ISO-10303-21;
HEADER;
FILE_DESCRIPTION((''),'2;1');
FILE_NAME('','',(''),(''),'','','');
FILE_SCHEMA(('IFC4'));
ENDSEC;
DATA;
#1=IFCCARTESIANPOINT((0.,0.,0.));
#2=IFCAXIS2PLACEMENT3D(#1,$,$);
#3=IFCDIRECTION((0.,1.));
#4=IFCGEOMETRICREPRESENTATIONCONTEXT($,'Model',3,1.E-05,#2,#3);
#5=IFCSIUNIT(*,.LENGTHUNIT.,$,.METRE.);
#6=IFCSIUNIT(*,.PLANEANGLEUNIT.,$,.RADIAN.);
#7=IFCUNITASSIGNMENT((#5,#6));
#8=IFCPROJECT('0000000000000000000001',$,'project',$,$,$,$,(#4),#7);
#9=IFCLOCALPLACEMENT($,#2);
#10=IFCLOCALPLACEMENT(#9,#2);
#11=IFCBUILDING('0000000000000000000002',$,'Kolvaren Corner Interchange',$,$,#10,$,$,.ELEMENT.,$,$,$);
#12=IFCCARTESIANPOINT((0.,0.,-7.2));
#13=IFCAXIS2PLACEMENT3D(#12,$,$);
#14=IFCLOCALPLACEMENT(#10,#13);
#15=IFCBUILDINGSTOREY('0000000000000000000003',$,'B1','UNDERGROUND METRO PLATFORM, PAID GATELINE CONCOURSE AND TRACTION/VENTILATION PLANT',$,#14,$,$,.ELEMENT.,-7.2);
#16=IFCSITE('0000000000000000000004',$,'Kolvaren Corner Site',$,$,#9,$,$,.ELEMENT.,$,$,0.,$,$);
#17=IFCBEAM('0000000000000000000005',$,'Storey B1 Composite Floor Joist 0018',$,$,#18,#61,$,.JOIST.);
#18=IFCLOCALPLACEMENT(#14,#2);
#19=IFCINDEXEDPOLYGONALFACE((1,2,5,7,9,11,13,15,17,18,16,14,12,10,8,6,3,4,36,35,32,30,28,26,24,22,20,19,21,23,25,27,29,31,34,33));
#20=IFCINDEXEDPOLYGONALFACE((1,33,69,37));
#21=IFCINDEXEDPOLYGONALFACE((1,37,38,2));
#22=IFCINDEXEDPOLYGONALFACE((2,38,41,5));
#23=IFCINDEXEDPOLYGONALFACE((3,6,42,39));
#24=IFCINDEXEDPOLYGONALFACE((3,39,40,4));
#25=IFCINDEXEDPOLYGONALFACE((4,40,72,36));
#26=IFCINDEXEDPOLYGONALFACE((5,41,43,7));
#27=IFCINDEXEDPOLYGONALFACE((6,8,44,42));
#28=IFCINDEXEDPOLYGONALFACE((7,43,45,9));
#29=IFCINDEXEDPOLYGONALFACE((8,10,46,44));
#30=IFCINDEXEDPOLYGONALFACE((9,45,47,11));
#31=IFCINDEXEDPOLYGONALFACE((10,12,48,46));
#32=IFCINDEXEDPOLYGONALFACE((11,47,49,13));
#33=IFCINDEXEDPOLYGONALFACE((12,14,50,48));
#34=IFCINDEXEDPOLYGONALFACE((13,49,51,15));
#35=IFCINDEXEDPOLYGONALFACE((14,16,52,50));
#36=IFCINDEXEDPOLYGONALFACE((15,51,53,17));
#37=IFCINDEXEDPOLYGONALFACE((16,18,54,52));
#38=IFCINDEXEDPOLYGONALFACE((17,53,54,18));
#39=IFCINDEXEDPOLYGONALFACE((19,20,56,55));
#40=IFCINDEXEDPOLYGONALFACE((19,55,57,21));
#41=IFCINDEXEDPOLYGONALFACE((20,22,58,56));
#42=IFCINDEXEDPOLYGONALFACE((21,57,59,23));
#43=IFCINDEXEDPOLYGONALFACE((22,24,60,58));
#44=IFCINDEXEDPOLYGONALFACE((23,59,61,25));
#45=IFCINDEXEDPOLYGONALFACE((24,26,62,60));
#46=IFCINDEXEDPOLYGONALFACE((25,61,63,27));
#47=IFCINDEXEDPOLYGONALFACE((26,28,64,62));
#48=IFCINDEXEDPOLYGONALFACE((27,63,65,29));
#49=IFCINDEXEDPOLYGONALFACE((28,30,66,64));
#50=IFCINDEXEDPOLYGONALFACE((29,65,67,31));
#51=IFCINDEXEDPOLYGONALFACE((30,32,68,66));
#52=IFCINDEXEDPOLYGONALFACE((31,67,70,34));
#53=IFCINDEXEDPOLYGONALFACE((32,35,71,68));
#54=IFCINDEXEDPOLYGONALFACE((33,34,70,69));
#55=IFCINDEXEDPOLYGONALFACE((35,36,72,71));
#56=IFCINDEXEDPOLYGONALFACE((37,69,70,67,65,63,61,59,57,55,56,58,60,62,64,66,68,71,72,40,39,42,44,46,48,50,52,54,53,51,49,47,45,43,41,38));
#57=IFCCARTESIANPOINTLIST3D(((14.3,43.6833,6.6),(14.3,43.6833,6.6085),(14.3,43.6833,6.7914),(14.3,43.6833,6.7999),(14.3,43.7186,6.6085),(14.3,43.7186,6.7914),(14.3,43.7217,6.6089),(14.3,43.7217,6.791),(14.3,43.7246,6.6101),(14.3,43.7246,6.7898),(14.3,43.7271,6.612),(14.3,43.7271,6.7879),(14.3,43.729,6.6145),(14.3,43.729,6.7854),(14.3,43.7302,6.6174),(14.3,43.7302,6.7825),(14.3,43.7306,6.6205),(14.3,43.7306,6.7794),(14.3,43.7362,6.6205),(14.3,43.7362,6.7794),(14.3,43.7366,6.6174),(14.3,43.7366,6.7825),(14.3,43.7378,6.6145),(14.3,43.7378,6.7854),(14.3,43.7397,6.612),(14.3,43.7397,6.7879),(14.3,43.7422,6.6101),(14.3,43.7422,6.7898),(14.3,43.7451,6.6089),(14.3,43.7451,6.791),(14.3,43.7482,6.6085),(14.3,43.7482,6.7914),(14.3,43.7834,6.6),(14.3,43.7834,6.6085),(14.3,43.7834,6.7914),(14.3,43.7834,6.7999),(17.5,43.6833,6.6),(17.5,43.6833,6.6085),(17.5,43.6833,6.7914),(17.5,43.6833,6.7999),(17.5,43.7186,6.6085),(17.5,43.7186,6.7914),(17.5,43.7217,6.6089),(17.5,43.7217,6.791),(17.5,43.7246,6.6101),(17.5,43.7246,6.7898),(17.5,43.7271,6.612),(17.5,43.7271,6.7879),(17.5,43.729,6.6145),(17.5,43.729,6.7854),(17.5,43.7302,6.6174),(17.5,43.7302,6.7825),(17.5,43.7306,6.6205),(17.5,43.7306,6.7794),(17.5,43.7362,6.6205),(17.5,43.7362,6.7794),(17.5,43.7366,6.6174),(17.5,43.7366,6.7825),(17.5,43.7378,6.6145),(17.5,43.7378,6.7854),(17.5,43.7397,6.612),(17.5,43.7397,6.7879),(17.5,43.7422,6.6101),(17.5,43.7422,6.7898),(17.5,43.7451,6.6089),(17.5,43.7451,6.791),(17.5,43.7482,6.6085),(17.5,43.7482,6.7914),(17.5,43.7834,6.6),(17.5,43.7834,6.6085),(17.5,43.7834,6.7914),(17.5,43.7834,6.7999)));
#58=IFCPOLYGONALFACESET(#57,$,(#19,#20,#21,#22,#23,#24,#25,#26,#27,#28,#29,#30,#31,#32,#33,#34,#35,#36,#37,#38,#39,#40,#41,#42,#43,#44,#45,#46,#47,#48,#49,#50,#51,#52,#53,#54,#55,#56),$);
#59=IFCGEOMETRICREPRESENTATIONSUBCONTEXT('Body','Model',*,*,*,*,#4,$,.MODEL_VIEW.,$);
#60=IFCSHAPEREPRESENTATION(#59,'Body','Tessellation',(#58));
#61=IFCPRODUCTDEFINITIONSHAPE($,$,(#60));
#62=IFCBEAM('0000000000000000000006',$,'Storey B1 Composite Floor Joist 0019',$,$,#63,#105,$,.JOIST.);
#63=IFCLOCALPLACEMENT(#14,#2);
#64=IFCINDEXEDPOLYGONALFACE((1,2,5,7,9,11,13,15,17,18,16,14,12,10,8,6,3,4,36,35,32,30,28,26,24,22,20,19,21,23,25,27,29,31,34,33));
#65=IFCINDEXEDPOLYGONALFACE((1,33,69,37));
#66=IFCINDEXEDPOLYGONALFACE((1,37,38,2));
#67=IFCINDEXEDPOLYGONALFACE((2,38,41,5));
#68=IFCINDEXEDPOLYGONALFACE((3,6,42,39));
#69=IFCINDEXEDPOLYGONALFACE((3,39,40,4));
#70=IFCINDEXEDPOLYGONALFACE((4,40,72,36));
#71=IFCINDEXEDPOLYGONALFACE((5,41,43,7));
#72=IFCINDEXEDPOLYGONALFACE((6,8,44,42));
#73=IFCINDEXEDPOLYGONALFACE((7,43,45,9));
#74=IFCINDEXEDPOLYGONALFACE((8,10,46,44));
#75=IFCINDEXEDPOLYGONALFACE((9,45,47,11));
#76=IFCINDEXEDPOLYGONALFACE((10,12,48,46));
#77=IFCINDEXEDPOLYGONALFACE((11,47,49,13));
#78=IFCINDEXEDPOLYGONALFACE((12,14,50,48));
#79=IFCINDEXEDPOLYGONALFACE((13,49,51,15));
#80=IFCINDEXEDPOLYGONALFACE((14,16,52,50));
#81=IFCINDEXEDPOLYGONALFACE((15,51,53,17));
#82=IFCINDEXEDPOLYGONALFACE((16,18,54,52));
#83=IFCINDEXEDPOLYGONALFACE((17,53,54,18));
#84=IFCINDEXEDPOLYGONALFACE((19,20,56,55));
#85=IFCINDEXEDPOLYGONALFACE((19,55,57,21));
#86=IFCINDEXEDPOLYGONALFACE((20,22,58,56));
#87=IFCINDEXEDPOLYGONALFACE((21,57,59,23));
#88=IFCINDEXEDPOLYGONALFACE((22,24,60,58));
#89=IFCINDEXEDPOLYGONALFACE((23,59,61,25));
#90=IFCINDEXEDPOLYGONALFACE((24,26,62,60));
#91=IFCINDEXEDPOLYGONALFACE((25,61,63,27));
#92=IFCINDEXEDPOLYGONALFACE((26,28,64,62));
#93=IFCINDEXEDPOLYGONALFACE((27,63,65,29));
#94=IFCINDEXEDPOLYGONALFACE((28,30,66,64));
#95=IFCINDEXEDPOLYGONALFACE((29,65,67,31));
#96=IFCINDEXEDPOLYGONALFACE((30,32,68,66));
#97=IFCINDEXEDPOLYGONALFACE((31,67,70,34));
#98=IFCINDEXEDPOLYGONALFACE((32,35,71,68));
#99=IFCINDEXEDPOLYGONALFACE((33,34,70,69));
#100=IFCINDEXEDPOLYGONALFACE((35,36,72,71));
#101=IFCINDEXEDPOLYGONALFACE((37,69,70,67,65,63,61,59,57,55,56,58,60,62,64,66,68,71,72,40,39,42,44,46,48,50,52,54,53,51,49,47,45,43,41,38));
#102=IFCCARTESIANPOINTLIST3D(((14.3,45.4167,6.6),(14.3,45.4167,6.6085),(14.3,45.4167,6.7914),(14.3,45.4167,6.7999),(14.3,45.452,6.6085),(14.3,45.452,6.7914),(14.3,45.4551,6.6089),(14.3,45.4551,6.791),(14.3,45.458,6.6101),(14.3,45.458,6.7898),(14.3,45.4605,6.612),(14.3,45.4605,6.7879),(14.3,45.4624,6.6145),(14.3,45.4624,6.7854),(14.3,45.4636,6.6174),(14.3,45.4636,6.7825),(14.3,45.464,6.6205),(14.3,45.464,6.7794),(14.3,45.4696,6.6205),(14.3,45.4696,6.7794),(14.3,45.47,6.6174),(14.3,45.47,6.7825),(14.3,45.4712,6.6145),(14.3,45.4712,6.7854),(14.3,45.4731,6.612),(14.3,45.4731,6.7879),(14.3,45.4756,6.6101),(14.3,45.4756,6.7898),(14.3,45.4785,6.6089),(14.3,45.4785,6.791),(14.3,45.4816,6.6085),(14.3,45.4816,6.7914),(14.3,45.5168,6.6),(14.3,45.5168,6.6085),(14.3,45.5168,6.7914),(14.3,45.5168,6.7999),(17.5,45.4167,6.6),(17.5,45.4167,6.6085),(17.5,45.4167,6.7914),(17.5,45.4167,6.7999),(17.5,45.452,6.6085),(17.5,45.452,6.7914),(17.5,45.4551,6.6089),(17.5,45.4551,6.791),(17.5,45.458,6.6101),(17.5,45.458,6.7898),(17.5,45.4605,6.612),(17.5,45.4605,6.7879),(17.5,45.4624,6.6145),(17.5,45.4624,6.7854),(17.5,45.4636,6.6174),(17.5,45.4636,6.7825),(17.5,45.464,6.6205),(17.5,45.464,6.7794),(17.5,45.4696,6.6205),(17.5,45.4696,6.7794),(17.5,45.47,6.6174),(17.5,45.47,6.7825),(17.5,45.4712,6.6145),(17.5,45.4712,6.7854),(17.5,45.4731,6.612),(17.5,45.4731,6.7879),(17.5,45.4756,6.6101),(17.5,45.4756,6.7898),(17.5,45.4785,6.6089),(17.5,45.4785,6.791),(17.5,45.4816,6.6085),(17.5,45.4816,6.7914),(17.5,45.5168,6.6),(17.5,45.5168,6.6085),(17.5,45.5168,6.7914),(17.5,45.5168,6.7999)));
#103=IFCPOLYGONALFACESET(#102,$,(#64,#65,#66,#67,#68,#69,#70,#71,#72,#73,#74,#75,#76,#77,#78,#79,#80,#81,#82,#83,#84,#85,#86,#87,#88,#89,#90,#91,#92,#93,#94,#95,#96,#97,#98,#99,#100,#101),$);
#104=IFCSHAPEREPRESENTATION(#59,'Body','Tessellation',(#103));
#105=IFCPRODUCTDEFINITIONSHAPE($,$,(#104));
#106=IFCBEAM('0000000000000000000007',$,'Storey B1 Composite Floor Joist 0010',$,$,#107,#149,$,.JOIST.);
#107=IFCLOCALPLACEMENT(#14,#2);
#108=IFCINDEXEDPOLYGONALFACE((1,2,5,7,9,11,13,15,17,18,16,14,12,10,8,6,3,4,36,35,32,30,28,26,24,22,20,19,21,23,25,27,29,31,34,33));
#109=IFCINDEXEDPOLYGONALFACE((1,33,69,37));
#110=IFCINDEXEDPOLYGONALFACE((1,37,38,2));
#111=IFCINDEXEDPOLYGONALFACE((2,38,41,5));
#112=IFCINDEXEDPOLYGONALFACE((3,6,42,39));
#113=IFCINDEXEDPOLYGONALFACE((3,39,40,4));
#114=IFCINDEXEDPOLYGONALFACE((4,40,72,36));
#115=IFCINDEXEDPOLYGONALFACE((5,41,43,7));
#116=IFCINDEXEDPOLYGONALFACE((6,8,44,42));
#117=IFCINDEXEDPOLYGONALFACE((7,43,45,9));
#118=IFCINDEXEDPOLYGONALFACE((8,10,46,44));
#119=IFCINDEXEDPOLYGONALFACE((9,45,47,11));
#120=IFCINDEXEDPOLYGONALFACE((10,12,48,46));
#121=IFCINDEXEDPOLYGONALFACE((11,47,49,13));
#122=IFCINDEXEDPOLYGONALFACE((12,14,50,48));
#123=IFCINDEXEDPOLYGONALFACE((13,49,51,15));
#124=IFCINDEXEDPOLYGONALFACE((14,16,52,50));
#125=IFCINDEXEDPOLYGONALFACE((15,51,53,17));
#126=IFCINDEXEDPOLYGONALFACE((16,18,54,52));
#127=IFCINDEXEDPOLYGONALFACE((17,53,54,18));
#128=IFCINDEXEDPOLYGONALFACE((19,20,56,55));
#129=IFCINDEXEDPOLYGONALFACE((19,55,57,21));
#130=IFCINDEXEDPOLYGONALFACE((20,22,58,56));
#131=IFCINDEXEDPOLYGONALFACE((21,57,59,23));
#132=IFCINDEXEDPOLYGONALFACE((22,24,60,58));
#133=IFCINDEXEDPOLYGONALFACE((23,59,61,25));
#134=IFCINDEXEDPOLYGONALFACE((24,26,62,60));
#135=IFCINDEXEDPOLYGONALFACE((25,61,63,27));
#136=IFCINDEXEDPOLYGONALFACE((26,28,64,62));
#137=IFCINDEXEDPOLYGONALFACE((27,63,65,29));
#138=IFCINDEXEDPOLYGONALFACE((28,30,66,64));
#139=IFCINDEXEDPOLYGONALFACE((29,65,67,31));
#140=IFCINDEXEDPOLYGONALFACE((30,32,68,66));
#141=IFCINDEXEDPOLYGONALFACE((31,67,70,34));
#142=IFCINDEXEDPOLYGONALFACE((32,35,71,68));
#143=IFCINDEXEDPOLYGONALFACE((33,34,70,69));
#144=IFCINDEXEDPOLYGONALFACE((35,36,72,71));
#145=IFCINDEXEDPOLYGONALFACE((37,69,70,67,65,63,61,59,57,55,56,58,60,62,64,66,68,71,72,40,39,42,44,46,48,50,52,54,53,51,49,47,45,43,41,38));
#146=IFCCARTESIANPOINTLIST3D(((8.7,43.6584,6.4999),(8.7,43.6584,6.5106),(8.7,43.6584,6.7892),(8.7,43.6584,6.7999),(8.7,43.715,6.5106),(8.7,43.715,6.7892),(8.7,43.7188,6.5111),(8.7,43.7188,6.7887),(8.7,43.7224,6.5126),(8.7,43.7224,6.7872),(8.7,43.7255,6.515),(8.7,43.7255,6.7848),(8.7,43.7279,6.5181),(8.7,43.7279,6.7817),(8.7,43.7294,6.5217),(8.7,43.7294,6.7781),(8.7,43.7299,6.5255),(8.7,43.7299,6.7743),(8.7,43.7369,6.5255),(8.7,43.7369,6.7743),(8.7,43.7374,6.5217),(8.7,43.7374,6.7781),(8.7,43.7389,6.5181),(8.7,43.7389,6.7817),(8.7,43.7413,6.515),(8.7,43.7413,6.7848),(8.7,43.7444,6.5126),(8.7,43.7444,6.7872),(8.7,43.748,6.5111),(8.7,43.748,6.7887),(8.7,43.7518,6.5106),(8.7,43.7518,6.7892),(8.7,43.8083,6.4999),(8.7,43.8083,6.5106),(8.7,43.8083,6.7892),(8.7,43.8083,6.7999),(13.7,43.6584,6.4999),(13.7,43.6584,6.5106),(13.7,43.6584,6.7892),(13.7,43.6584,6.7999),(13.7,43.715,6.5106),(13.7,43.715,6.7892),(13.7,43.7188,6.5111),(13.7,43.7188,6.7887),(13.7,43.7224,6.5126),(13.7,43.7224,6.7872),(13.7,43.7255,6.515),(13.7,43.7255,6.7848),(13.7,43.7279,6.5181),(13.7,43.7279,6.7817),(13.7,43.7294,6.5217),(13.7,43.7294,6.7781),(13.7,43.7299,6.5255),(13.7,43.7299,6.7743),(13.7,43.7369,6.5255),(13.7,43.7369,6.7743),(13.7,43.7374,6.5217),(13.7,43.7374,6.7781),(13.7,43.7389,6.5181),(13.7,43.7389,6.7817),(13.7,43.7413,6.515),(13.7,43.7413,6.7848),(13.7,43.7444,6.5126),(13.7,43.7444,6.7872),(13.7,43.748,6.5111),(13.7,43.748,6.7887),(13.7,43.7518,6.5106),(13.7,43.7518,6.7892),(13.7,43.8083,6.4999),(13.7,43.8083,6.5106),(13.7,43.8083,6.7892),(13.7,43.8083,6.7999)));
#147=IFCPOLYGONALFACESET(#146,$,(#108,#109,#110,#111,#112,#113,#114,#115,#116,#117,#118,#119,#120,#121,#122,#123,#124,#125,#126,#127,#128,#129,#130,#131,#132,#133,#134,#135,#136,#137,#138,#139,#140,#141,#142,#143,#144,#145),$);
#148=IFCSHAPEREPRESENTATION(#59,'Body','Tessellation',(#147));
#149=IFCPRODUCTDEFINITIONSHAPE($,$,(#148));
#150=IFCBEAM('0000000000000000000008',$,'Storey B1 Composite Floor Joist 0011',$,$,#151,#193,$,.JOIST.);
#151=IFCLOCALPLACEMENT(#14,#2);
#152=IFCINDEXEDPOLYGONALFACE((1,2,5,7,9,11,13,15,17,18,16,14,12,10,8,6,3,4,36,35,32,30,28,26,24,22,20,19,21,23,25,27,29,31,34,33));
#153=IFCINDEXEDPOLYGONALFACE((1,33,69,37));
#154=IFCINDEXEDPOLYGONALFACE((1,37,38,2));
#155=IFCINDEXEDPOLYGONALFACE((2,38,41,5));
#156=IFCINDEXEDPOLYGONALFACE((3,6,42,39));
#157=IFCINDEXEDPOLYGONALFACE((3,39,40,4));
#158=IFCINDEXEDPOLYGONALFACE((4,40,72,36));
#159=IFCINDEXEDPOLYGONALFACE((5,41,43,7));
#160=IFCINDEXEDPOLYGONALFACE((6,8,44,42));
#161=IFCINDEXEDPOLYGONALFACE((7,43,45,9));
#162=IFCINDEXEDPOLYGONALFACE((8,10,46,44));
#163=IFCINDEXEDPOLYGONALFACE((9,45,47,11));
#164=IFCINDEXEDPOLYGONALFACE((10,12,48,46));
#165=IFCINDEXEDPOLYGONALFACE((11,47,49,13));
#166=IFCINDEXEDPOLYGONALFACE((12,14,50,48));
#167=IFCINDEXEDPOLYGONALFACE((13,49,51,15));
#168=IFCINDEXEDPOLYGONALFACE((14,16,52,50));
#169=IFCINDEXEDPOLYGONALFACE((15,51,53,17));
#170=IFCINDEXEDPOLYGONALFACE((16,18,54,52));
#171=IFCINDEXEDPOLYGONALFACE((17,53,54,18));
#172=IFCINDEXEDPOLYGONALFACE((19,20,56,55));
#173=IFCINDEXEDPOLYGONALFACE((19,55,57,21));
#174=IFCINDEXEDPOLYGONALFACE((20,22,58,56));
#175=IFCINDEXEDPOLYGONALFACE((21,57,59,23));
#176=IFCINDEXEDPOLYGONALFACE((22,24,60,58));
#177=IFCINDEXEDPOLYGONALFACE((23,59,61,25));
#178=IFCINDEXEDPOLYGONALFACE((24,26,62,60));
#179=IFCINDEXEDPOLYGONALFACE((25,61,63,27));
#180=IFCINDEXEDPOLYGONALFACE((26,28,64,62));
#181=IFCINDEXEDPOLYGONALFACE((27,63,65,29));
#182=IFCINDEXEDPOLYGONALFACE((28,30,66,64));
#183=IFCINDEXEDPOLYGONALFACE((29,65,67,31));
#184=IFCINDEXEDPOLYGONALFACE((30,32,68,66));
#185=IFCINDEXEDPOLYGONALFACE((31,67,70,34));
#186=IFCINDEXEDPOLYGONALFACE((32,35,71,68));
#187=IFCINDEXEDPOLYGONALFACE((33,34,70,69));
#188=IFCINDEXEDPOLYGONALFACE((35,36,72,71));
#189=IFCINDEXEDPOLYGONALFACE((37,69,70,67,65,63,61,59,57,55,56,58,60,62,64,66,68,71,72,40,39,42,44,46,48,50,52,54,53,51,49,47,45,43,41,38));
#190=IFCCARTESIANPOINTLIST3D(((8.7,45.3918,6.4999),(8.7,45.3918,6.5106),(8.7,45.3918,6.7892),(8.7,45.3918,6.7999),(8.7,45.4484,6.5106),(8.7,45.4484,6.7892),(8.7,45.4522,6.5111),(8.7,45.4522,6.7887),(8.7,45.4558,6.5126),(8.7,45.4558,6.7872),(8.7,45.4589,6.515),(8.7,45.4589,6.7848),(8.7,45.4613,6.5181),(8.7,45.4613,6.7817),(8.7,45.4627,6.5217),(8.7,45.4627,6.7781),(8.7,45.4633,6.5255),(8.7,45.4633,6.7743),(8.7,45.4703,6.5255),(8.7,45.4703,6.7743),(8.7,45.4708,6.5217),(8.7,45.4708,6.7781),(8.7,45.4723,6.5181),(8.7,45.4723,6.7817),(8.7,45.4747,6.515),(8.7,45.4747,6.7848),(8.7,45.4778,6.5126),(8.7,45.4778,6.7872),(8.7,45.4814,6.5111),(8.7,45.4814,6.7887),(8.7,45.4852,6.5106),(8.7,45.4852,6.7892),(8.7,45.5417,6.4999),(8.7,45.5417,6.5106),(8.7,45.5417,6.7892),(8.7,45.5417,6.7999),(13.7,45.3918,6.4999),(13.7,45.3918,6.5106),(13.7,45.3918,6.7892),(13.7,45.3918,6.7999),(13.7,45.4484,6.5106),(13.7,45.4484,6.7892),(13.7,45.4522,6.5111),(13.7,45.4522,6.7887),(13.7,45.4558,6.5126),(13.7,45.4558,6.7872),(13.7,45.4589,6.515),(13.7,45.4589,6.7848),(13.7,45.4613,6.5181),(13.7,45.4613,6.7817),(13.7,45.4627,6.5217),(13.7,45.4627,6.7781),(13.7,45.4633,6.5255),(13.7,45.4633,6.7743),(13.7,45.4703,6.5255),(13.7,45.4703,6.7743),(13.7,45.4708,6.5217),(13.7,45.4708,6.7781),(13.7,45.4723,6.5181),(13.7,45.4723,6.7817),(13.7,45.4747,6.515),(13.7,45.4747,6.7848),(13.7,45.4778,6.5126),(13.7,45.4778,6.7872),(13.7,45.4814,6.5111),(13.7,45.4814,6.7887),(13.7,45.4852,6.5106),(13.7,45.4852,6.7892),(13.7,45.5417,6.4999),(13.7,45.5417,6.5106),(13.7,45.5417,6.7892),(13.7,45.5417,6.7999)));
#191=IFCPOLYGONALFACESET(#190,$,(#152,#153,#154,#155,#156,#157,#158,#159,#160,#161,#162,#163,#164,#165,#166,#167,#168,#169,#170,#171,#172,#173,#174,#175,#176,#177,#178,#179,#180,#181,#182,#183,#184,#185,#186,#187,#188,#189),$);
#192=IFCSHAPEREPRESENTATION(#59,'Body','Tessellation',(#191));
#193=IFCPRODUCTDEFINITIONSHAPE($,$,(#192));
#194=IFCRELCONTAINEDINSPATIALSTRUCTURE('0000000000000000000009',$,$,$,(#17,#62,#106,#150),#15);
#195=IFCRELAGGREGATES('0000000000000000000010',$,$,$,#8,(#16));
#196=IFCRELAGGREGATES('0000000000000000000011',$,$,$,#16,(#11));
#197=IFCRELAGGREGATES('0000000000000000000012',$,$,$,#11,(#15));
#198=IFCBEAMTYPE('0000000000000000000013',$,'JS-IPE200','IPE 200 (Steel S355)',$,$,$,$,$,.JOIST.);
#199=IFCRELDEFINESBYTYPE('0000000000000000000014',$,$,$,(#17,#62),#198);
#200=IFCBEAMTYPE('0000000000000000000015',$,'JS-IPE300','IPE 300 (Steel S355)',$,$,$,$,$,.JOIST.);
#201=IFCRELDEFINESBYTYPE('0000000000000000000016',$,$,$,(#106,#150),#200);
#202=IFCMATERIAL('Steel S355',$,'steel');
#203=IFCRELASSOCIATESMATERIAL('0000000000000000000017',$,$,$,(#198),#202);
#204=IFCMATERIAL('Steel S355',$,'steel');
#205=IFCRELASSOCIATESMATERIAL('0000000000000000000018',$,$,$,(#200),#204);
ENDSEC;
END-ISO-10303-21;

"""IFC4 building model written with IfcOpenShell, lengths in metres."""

from ifc_helpers import new_model, si_unit, direction, frame, origin, origin_2d, place, context, subcontext, project, spatial, i_section, extrude, material, material_profile, profile_set, type_object, element, save


model = new_model("IFC4")

# Units and contexts
model_context = context("Model", 3, precision=1e-05, world=origin(), true_north=direction((0.0, 1.0)))
body_context = subcontext(model_context, "Body", "Model", "MODEL_VIEW")
ifc_project = project(units=[si_unit("LENGTHUNIT", "METRE"), si_unit("PLANEANGLEUNIT", "RADIAN")], contexts=[model_context])

# Site, building, storey
site_placement = place(None, origin())
site = spatial("IfcSite", under=ifc_project, at=site_placement, Name="Kolvaren Corner Site", CompositionType="ELEMENT", RefElevation=0.0)
building_placement = place(site_placement, origin())
building = spatial("IfcBuilding", under=site, at=building_placement, Name="Kolvaren Corner Interchange", CompositionType="ELEMENT")
storey_placement = place(building_placement, frame((0.0, 0.0, -7.2)))
storey = spatial("IfcBuildingStorey", under=building, at=storey_placement, Name="B1", Description="UNDERGROUND METRO PLATFORM, PAID GATELINE CONCOURSE AND TRACTION/VENTILATION PLANT", CompositionType="ELEMENT", Elevation=-7.2)

# Beams
ifc_material_1 = material(Name="Steel S355", Category="steel")
ifc_material_profile_1 = material_profile(ifc_material_1, i_section(OverallWidth=0.1001, OverallDepth=0.2, WebThickness=0.0056, FlangeThickness=0.0085, FilletRadius=0.012, at=origin_2d()), Name="IPE 200")
ifc_profile_set_1 = profile_set([ifc_material_profile_1], Name="Steel S355")
beam_type_1 = type_object("IfcBeamType", Name="JS-IPE200", Description="IPE 200 (Steel S355)", PredefinedType="JOIST", material=ifc_profile_set_1)
for number, where, z_axis, x_axis, name in (
    (1, (14.3, 43.7334, 6.7), (1.0, 0.0, 0.0), (0.0, 1.0, 0.0), "Storey B1 Composite Floor Joist 0018"),
    (2, (14.3, 45.4668, 6.7), (1.0, 0.0, 0.0), (0.0, 1.0, 0.0), "Storey B1 Composite Floor Joist 0019"),
):
    element("IfcBeam", number, at=place(storey_placement, frame(where, z_axis=z_axis, x_axis=x_axis)), inside=storey, type_object=beam_type_1, Name=name, PredefinedType="JOIST", context=body_context, shape_type="SweptSolid", body=[
        extrude(i_section(OverallWidth=0.1001, OverallDepth=0.2, WebThickness=0.0056, FlangeThickness=0.0085, FilletRadius=0.012, at=origin_2d()), origin(), (0.0, 0.0, 1.0), 3.2),
    ])
ifc_material_2 = material(Name="Steel S355", Category="steel")
ifc_material_profile_2 = material_profile(ifc_material_2, i_section(OverallWidth=0.1499, OverallDepth=0.3, WebThickness=0.0071, FlangeThickness=0.0107, FilletRadius=0.0149, at=origin_2d()), Name="IPE 300")
ifc_profile_set_2 = profile_set([ifc_material_profile_2], Name="Steel S355")
beam_type_2 = type_object("IfcBeamType", Name="JS-IPE300", Description="IPE 300 (Steel S355)", PredefinedType="JOIST", material=ifc_profile_set_2)
for number, where, z_axis, x_axis, name in (
    (3, (8.7, 43.7334, 6.6499), (1.0, 0.0, 0.0), (0.0, 1.0, 0.0), "Storey B1 Composite Floor Joist 0010"),
    (4, (8.7, 45.4668, 6.6499), (1.0, 0.0, 0.0), (0.0, 1.0, 0.0), "Storey B1 Composite Floor Joist 0011"),
):
    element("IfcBeam", number, at=place(storey_placement, frame(where, z_axis=z_axis, x_axis=x_axis)), inside=storey, type_object=beam_type_2, Name=name, PredefinedType="JOIST", context=body_context, shape_type="SweptSolid", body=[
        extrude(i_section(OverallWidth=0.1499, OverallDepth=0.3, WebThickness=0.0071, FlangeThickness=0.0107, FilletRadius=0.0149, at=origin_2d()), origin(), (0.0, 0.0, 1.0), 5.0),
    ])

save(model, "model.ifc")
